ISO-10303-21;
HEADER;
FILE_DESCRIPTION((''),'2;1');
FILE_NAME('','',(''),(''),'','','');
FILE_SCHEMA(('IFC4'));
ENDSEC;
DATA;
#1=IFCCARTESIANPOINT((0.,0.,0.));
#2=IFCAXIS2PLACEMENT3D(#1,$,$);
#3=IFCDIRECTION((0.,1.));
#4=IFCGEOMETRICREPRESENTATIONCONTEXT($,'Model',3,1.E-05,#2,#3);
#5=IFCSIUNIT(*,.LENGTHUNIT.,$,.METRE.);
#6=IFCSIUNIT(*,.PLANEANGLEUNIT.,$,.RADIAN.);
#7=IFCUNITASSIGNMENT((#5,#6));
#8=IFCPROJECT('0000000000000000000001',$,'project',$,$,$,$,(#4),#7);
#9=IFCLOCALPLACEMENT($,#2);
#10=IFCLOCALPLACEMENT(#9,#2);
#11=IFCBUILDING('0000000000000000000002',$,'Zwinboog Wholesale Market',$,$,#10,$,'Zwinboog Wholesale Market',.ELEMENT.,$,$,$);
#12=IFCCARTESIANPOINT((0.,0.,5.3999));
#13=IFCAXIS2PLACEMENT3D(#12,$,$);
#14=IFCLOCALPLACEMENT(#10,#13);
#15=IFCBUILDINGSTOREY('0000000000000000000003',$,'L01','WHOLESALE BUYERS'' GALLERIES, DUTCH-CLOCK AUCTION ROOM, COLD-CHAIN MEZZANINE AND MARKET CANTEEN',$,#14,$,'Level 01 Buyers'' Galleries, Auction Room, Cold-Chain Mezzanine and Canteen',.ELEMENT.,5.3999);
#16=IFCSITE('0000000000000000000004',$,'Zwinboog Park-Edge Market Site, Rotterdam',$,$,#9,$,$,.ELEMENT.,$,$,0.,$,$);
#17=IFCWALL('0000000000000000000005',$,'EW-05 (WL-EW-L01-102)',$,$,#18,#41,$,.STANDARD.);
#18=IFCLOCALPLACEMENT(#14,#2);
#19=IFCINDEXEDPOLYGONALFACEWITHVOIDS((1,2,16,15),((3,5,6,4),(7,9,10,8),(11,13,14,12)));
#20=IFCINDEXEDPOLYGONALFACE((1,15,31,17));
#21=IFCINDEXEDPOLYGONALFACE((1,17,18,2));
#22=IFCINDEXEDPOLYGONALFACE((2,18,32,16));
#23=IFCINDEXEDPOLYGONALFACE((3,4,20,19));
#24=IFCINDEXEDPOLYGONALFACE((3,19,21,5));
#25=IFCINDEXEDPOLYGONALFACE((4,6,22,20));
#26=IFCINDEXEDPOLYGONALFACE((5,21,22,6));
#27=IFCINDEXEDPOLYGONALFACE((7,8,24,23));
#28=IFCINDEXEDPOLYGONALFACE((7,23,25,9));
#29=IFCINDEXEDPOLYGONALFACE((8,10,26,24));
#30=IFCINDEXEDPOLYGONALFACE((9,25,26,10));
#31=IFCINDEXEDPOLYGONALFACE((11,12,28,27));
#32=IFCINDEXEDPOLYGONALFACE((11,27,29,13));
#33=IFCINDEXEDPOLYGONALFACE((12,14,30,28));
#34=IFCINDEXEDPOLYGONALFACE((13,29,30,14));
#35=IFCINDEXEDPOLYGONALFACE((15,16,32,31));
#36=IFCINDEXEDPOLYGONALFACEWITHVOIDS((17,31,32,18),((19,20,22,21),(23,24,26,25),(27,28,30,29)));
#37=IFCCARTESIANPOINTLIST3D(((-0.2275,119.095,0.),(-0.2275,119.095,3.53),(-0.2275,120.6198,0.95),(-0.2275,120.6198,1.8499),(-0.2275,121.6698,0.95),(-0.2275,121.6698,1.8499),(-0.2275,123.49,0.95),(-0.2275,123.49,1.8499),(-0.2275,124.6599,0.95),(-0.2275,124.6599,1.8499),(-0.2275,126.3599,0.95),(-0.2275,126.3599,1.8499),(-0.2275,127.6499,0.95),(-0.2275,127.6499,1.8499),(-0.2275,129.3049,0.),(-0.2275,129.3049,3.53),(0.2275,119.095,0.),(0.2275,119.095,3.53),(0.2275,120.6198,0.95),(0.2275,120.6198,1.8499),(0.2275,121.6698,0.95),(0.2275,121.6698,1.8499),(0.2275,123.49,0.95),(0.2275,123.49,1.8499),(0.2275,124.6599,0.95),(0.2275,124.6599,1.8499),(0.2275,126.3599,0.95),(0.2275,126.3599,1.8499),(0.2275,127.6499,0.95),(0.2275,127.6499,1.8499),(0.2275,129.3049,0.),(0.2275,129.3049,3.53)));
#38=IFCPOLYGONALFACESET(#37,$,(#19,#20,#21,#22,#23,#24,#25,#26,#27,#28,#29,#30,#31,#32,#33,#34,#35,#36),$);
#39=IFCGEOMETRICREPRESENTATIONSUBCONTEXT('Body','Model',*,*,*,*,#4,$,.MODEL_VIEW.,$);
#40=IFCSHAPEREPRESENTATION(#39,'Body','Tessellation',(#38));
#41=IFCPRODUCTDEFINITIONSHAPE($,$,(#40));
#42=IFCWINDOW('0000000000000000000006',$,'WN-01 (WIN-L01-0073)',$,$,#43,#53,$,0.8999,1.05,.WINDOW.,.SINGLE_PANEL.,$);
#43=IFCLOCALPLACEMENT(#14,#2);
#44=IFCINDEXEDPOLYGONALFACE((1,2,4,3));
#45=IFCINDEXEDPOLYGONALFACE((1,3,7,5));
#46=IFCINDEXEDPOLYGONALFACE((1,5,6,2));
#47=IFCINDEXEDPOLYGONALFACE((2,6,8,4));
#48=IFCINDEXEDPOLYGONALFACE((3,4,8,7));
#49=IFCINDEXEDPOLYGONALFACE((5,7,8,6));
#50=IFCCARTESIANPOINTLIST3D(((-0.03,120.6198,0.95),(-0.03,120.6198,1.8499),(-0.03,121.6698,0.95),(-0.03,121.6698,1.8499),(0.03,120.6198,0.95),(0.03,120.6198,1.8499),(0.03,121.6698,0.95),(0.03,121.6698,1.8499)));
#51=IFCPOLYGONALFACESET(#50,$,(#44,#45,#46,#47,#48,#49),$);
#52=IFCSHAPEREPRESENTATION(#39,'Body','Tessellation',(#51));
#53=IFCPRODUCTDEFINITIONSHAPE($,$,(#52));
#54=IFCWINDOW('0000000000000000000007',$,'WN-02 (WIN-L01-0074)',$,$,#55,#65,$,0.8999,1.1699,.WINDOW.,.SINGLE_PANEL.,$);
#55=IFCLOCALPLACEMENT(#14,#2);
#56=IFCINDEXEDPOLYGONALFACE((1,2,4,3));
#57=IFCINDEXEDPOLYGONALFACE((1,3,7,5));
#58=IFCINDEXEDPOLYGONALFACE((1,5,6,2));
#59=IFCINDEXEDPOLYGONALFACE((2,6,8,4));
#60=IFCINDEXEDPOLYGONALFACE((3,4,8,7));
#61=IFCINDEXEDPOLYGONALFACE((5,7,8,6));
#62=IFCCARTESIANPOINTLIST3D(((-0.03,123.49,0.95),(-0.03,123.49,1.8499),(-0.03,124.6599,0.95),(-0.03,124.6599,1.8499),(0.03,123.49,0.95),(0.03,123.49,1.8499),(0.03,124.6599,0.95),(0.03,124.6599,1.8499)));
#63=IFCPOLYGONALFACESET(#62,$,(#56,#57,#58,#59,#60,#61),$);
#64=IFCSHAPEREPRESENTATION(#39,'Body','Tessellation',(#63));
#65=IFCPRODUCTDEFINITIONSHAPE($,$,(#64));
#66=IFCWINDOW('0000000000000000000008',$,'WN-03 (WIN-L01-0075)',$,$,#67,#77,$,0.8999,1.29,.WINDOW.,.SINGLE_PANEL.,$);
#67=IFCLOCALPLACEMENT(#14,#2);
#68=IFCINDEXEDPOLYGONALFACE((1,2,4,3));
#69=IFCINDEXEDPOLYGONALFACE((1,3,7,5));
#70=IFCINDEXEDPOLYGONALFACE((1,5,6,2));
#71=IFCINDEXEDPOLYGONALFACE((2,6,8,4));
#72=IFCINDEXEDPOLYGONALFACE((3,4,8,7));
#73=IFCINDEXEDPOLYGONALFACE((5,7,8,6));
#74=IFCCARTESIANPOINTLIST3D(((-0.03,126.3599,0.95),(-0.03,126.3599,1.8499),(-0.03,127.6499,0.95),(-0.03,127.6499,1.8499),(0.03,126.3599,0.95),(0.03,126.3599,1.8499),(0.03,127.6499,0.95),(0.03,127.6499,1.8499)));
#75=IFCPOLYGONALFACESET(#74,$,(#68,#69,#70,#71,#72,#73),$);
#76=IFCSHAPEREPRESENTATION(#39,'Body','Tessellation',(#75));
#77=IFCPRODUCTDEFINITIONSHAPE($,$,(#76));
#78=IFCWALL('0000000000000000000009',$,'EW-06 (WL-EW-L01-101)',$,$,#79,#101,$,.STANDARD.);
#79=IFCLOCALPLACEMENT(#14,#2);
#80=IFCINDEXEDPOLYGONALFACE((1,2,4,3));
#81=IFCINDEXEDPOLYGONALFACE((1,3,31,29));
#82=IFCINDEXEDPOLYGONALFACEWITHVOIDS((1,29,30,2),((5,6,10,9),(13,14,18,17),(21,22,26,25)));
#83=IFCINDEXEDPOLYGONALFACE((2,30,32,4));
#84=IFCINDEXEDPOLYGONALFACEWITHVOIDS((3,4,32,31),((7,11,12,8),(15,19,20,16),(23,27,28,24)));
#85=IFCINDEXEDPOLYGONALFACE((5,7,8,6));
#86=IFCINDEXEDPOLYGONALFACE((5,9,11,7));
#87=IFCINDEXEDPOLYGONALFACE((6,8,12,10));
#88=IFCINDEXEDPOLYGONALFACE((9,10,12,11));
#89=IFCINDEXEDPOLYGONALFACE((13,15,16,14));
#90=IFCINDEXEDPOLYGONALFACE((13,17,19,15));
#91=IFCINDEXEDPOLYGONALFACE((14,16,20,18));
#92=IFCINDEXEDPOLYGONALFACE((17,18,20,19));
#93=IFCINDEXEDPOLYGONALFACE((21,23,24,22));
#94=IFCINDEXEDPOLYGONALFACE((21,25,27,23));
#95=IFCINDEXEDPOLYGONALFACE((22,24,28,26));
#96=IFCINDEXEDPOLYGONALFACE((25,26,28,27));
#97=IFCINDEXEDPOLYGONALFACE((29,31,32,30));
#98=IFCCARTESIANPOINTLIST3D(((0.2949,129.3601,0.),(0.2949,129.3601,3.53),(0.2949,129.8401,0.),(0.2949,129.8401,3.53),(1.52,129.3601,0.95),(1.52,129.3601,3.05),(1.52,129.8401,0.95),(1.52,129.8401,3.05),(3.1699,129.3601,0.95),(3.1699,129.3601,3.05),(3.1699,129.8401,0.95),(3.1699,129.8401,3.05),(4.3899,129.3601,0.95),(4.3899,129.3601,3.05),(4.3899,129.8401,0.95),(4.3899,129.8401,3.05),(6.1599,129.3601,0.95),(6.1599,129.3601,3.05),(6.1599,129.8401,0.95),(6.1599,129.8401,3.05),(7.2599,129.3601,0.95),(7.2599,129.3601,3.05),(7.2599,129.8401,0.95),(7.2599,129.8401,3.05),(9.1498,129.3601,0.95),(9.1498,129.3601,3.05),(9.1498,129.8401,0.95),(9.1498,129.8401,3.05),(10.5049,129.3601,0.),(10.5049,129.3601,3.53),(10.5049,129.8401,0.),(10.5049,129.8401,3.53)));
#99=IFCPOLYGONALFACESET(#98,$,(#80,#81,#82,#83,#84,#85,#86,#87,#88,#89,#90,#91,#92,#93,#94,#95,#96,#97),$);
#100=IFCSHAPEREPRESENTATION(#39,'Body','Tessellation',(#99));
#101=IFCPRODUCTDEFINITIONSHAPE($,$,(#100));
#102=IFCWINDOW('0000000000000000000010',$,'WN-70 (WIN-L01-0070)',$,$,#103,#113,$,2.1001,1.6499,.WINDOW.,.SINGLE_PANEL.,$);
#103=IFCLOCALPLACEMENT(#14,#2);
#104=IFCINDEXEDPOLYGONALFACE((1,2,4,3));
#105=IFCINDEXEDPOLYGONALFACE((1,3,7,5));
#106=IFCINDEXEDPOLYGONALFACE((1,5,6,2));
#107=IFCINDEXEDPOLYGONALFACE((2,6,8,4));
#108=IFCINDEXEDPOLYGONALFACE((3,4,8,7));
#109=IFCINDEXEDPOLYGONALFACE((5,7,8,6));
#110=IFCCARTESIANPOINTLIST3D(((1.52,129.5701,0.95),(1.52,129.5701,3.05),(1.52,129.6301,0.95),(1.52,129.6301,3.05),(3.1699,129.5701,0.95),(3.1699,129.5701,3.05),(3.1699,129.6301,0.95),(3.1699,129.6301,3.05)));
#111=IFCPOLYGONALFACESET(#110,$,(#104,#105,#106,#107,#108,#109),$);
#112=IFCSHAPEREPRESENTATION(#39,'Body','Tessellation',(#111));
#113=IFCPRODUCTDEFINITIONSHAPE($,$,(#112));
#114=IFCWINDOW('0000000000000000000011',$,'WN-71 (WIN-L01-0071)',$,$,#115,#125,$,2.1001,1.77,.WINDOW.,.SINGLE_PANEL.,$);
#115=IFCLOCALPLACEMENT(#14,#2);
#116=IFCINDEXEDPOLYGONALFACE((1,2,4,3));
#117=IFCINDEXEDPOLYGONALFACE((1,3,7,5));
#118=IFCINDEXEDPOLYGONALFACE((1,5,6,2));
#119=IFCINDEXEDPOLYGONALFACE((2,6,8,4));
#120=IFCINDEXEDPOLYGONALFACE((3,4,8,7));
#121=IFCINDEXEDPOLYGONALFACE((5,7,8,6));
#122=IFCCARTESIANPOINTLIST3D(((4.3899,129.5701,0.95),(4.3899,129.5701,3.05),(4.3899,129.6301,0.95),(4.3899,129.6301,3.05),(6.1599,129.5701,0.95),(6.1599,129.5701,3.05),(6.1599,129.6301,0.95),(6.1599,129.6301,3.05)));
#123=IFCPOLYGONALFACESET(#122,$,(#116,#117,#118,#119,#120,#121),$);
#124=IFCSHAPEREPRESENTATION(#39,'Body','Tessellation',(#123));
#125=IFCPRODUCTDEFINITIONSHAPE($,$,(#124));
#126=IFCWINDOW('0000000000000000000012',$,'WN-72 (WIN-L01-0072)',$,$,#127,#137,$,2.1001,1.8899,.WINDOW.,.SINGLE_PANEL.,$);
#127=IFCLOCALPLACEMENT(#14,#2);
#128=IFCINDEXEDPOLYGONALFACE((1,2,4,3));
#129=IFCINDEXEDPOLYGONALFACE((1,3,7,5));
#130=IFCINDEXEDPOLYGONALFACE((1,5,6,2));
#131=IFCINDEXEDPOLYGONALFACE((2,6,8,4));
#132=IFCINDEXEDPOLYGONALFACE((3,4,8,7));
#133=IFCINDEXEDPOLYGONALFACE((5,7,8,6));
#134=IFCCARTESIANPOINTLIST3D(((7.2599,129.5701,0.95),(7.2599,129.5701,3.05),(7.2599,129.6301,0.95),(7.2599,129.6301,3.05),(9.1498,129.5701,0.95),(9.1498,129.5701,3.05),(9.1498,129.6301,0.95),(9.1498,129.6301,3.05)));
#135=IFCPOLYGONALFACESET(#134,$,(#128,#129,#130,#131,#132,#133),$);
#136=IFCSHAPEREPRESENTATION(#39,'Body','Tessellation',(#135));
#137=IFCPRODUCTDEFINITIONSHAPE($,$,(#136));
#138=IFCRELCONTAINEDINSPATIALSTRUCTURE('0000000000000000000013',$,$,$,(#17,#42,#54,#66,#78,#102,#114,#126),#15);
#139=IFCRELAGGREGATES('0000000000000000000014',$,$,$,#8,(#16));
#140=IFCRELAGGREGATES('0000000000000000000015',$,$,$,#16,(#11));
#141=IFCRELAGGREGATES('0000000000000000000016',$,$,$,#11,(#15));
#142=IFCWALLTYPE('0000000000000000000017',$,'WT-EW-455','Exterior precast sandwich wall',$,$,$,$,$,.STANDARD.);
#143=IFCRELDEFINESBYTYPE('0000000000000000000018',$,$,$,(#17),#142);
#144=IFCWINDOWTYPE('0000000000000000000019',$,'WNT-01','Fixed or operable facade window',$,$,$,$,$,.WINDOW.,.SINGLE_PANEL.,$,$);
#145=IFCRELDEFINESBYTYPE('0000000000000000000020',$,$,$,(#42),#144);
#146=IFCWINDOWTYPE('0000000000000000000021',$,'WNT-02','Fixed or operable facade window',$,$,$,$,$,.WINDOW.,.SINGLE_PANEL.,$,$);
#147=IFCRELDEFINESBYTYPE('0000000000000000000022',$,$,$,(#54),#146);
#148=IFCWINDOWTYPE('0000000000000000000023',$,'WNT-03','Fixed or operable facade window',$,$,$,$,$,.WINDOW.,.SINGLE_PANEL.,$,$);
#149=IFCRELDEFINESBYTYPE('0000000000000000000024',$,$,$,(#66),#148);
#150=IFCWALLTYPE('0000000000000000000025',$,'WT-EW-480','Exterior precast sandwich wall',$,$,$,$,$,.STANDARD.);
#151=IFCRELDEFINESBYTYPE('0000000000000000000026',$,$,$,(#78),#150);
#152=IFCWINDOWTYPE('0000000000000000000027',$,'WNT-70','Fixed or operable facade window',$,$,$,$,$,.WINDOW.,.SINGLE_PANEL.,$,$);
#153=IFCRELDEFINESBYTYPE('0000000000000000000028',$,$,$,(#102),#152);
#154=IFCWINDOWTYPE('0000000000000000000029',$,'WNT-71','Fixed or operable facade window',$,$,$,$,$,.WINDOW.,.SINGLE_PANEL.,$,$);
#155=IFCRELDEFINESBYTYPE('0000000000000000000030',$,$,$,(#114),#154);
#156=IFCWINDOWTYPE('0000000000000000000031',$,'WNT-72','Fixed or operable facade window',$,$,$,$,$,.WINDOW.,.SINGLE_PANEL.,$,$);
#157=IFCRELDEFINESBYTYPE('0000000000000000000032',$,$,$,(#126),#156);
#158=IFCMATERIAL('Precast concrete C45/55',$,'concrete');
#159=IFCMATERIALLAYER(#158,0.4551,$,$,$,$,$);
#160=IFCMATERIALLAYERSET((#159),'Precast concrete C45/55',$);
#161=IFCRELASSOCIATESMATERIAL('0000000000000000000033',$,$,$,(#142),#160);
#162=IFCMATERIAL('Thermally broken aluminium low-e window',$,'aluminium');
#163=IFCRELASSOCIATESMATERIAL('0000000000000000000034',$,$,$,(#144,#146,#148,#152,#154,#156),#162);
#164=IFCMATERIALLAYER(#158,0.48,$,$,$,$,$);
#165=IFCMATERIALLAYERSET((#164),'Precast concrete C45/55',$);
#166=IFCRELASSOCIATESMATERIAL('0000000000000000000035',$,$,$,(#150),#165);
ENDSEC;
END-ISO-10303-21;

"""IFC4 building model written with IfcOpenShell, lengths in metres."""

from ifc_helpers import new_model, si_unit, direction, frame, frame_2d, origin, place, context, subcontext, project, spatial, rectangle, extrude, material, layer, layer_set, type_object, element, fill, save


model = new_model("IFC4")

# Units and contexts
model_context = context("Model", 3, precision=1e-05, world=origin(), true_north=direction((0.0, 1.0)))
body_context = subcontext(model_context, "Body", "Model", "MODEL_VIEW")
ifc_project = project(units=[si_unit("LENGTHUNIT", "METRE"), si_unit("PLANEANGLEUNIT", "RADIAN")], contexts=[model_context])

# Site, building, storey
site_placement = place(None, origin())
site = spatial("IfcSite", under=ifc_project, at=site_placement, Name="Zwinboog Park-Edge Market Site, Rotterdam", CompositionType="ELEMENT", RefElevation=0.0)
building_placement = place(site_placement, origin())
building = spatial("IfcBuilding", under=site, at=building_placement, Name="Zwinboog Wholesale Market", LongName="Zwinboog Wholesale Market", CompositionType="ELEMENT")
storey_placement = place(building_placement, frame((0.0, 0.0, 5.3999)))
storey = spatial("IfcBuildingStorey", under=building, at=storey_placement, Name="L01", Description="WHOLESALE BUYERS' GALLERIES, DUTCH-CLOCK AUCTION ROOM, COLD-CHAIN MEZZANINE AND MARKET CANTEEN", LongName="Level 01 Buyers' Galleries, Auction Room, Cold-Chain Mezzanine and Canteen", CompositionType="ELEMENT", Elevation=5.3999)

# Shared definitions
ifc_material_1 = material(Name="Precast concrete C45/55", Category="concrete")

# Walls, openings, windows
ifc_layer_1 = layer(ifc_material_1, 0.4551)
ifc_layer_set_1 = layer_set([ifc_layer_1], Name="Precast concrete C45/55")
wall_type_1 = type_object("IfcWallType", Name="WT-EW-455", Description="Exterior precast sandwich wall", PredefinedType="STANDARD", material=ifc_layer_set_1)
wall_1_placement = place(storey_placement, frame((0.0, 119.095, 0.0), z_axis=(0.0, 0.0, 1.0), x_axis=(0.0, 1.0, 0.0)))
wall_1 = element("IfcWall", 1, at=wall_1_placement, inside=storey, type_object=wall_type_1, Name="EW-05 (WL-EW-L01-102)", PredefinedType="STANDARD", context=body_context, shape_type="SweptSolid", body=[
    extrude(rectangle(XDim=10.21, YDim=0.4551, at=frame_2d((5.105, 0.0))), origin(), (0.0, 0.0, 1.0), 3.53),
])
opening_1_placement = place(wall_1_placement, frame((1.5249, 0.0, 0.95)))
opening_1 = element("IfcOpeningElement", 2, at=opening_1_placement, cuts=wall_1, PredefinedType="OPENING", context=body_context, shape_type="SweptSolid", body=[
    extrude(rectangle(XDim=1.05, YDim=0.8999, at=frame_2d((0.5249, 0.45))), frame((0.0, 0.2375, 0.0), z_axis=(0.0, -1.0, 0.0), x_axis=(1.0, 0.0, 0.0)), (0.0, 0.0, 1.0), 0.4751),
])
opening_2_placement = place(wall_1_placement, frame((4.395, 0.0, 0.95)))
opening_2 = element("IfcOpeningElement", 3, at=opening_2_placement, cuts=wall_1, PredefinedType="OPENING", context=body_context, shape_type="SweptSolid", body=[
    extrude(rectangle(XDim=1.1699, YDim=0.8999, at=frame_2d((0.585, 0.45))), frame((0.0, 0.2375, 0.0), z_axis=(0.0, -1.0, 0.0), x_axis=(1.0, 0.0, 0.0)), (0.0, 0.0, 1.0), 0.4751),
])
opening_3_placement = place(wall_1_placement, frame((7.2649, 0.0, 0.95)))
opening_3 = element("IfcOpeningElement", 4, at=opening_3_placement, cuts=wall_1, PredefinedType="OPENING", context=body_context, shape_type="SweptSolid", body=[
    extrude(rectangle(XDim=1.29, YDim=0.8999, at=frame_2d((0.645, 0.45))), frame((0.0, 0.2375, 0.0), z_axis=(0.0, -1.0, 0.0), x_axis=(1.0, 0.0, 0.0)), (0.0, 0.0, 1.0), 0.4751),
])
ifc_material_2 = material(Name="Thermally broken aluminium low-e window", Category="aluminium")
window_type_1 = type_object("IfcWindowType", Name="WNT-01", Description="Fixed or operable facade window", PartitioningType="SINGLE_PANEL", PredefinedType="WINDOW", material=ifc_material_2)
window_1_placement = place(opening_1_placement, origin())
window_1 = element("IfcWindow", 5, at=window_1_placement, inside=storey, type_object=window_type_1, Name="WN-01 (WIN-L01-0073)", OverallHeight=0.8999, OverallWidth=1.05, PartitioningType="SINGLE_PANEL", PredefinedType="WINDOW", context=body_context, shape_type="SweptSolid", body=[
    extrude(rectangle(XDim=1.05, YDim=0.8999, at=frame_2d((0.5249, 0.45))), frame((0.0, 0.03, 0.0), z_axis=(0.0, -1.0, 0.0), x_axis=(1.0, 0.0, 0.0)), (0.0, 0.0, 1.0), 0.0601),
])
fill(opening_1, window_1)
window_type_2 = type_object("IfcWindowType", Name="WNT-02", Description="Fixed or operable facade window", PartitioningType="SINGLE_PANEL", PredefinedType="WINDOW", material=ifc_material_2)
window_2_placement = place(opening_2_placement, origin())
window_2 = element("IfcWindow", 6, at=window_2_placement, inside=storey, type_object=window_type_2, Name="WN-02 (WIN-L01-0074)", OverallHeight=0.8999, OverallWidth=1.1699, PartitioningType="SINGLE_PANEL", PredefinedType="WINDOW", context=body_context, shape_type="SweptSolid", body=[
    extrude(rectangle(XDim=1.1699, YDim=0.8999, at=frame_2d((0.585, 0.45))), frame((0.0, 0.03, 0.0), z_axis=(0.0, -1.0, 0.0), x_axis=(1.0, 0.0, 0.0)), (0.0, 0.0, 1.0), 0.0601),
])
fill(opening_2, window_2)
window_type_3 = type_object("IfcWindowType", Name="WNT-03", Description="Fixed or operable facade window", PartitioningType="SINGLE_PANEL", PredefinedType="WINDOW", material=ifc_material_2)
window_3_placement = place(opening_3_placement, origin())
window_3 = element("IfcWindow", 7, at=window_3_placement, inside=storey, type_object=window_type_3, Name="WN-03 (WIN-L01-0075)", OverallHeight=0.8999, OverallWidth=1.29, PartitioningType="SINGLE_PANEL", PredefinedType="WINDOW", context=body_context, shape_type="SweptSolid", body=[
    extrude(rectangle(XDim=1.29, YDim=0.8999, at=frame_2d((0.645, 0.45))), frame((0.0, 0.03, 0.0), z_axis=(0.0, -1.0, 0.0), x_axis=(1.0, 0.0, 0.0)), (0.0, 0.0, 1.0), 0.0601),
])
fill(opening_3, window_3)
ifc_layer_2 = layer(ifc_material_1, 0.48)
ifc_layer_set_2 = layer_set([ifc_layer_2], Name="Precast concrete C45/55")
wall_type_2 = type_object("IfcWallType", Name="WT-EW-480", Description="Exterior precast sandwich wall", PredefinedType="STANDARD", material=ifc_layer_set_2)
wall_2_placement = place(storey_placement, frame((0.2949, 129.6001, 0.0), z_axis=(0.0, 0.0, 1.0), x_axis=(1.0, 0.0, 0.0)))
wall_2 = element("IfcWall", 8, at=wall_2_placement, inside=storey, type_object=wall_type_2, Name="EW-06 (WL-EW-L01-101)", PredefinedType="STANDARD", context=body_context, shape_type="SweptSolid", body=[
    extrude(rectangle(XDim=10.21, YDim=0.48, at=frame_2d((5.105, 0.0))), origin(), (0.0, 0.0, 1.0), 3.53),
])
opening_4_placement = place(wall_2_placement, frame((1.2251, 0.0, 0.95)))
opening_4 = element("IfcOpeningElement", 9, at=opening_4_placement, cuts=wall_2, PredefinedType="OPENING", context=body_context, shape_type="SweptSolid", body=[
    extrude(rectangle(XDim=1.6499, YDim=2.1001, at=frame_2d((0.825, 1.05))), frame((0.0, 0.25, 0.0), z_axis=(0.0, -1.0, 0.0), x_axis=(1.0, 0.0, 0.0)), (0.0, 0.0, 1.0), 0.5),
])
opening_5_placement = place(wall_2_placement, frame((4.095, 0.0, 0.95)))
opening_5 = element("IfcOpeningElement", 10, at=opening_5_placement, cuts=wall_2, PredefinedType="OPENING", context=body_context, shape_type="SweptSolid", body=[
    extrude(rectangle(XDim=1.77, YDim=2.1001, at=frame_2d((0.885, 1.05))), frame((0.0, 0.25, 0.0), z_axis=(0.0, -1.0, 0.0), x_axis=(1.0, 0.0, 0.0)), (0.0, 0.0, 1.0), 0.5),
])
opening_6_placement = place(wall_2_placement, frame((6.9651, 0.0, 0.95)))
opening_6 = element("IfcOpeningElement", 11, at=opening_6_placement, cuts=wall_2, PredefinedType="OPENING", context=body_context, shape_type="SweptSolid", body=[
    extrude(rectangle(XDim=1.8899, YDim=2.1001, at=frame_2d((0.9448, 1.05))), frame((0.0, 0.25, 0.0), z_axis=(0.0, -1.0, 0.0), x_axis=(1.0, 0.0, 0.0)), (0.0, 0.0, 1.0), 0.5),
])
window_type_4 = type_object("IfcWindowType", Name="WNT-70", Description="Fixed or operable facade window", PartitioningType="SINGLE_PANEL", PredefinedType="WINDOW", material=ifc_material_2)
window_4_placement = place(opening_4_placement, origin())
window_4 = element("IfcWindow", 12, at=window_4_placement, inside=storey, type_object=window_type_4, Name="WN-70 (WIN-L01-0070)", OverallHeight=2.1001, OverallWidth=1.6499, PartitioningType="SINGLE_PANEL", PredefinedType="WINDOW", context=body_context, shape_type="SweptSolid", body=[
    extrude(rectangle(XDim=1.6499, YDim=2.1001, at=frame_2d((0.825, 1.05))), frame((0.0, 0.03, 0.0), z_axis=(0.0, -1.0, 0.0), x_axis=(1.0, 0.0, 0.0)), (0.0, 0.0, 1.0), 0.0601),
])
fill(opening_4, window_4)
window_type_5 = type_object("IfcWindowType", Name="WNT-71", Description="Fixed or operable facade window", PartitioningType="SINGLE_PANEL", PredefinedType="WINDOW", material=ifc_material_2)
window_5_placement = place(opening_5_placement, origin())
window_5 = element("IfcWindow", 13, at=window_5_placement, inside=storey, type_object=window_type_5, Name="WN-71 (WIN-L01-0071)", OverallHeight=2.1001, OverallWidth=1.77, PartitioningType="SINGLE_PANEL", PredefinedType="WINDOW", context=body_context, shape_type="SweptSolid", body=[
    extrude(rectangle(XDim=1.77, YDim=2.1001, at=frame_2d((0.885, 1.05))), frame((0.0, 0.03, 0.0), z_axis=(0.0, -1.0, 0.0), x_axis=(1.0, 0.0, 0.0)), (0.0, 0.0, 1.0), 0.0601),
])
fill(opening_5, window_5)
window_type_6 = type_object("IfcWindowType", Name="WNT-72", Description="Fixed or operable facade window", PartitioningType="SINGLE_PANEL", PredefinedType="WINDOW", material=ifc_material_2)
window_6_placement = place(opening_6_placement, origin())
window_6 = element("IfcWindow", 14, at=window_6_placement, inside=storey, type_object=window_type_6, Name="WN-72 (WIN-L01-0072)", OverallHeight=2.1001, OverallWidth=1.8899, PartitioningType="SINGLE_PANEL", PredefinedType="WINDOW", context=body_context, shape_type="SweptSolid", body=[
    extrude(rectangle(XDim=1.8899, YDim=2.1001, at=frame_2d((0.9448, 1.05))), frame((0.0, 0.03, 0.0), z_axis=(0.0, -1.0, 0.0), x_axis=(1.0, 0.0, 0.0)), (0.0, 0.0, 1.0), 0.0601),
])
fill(opening_6, window_6)

save(model, "model.ifc")
